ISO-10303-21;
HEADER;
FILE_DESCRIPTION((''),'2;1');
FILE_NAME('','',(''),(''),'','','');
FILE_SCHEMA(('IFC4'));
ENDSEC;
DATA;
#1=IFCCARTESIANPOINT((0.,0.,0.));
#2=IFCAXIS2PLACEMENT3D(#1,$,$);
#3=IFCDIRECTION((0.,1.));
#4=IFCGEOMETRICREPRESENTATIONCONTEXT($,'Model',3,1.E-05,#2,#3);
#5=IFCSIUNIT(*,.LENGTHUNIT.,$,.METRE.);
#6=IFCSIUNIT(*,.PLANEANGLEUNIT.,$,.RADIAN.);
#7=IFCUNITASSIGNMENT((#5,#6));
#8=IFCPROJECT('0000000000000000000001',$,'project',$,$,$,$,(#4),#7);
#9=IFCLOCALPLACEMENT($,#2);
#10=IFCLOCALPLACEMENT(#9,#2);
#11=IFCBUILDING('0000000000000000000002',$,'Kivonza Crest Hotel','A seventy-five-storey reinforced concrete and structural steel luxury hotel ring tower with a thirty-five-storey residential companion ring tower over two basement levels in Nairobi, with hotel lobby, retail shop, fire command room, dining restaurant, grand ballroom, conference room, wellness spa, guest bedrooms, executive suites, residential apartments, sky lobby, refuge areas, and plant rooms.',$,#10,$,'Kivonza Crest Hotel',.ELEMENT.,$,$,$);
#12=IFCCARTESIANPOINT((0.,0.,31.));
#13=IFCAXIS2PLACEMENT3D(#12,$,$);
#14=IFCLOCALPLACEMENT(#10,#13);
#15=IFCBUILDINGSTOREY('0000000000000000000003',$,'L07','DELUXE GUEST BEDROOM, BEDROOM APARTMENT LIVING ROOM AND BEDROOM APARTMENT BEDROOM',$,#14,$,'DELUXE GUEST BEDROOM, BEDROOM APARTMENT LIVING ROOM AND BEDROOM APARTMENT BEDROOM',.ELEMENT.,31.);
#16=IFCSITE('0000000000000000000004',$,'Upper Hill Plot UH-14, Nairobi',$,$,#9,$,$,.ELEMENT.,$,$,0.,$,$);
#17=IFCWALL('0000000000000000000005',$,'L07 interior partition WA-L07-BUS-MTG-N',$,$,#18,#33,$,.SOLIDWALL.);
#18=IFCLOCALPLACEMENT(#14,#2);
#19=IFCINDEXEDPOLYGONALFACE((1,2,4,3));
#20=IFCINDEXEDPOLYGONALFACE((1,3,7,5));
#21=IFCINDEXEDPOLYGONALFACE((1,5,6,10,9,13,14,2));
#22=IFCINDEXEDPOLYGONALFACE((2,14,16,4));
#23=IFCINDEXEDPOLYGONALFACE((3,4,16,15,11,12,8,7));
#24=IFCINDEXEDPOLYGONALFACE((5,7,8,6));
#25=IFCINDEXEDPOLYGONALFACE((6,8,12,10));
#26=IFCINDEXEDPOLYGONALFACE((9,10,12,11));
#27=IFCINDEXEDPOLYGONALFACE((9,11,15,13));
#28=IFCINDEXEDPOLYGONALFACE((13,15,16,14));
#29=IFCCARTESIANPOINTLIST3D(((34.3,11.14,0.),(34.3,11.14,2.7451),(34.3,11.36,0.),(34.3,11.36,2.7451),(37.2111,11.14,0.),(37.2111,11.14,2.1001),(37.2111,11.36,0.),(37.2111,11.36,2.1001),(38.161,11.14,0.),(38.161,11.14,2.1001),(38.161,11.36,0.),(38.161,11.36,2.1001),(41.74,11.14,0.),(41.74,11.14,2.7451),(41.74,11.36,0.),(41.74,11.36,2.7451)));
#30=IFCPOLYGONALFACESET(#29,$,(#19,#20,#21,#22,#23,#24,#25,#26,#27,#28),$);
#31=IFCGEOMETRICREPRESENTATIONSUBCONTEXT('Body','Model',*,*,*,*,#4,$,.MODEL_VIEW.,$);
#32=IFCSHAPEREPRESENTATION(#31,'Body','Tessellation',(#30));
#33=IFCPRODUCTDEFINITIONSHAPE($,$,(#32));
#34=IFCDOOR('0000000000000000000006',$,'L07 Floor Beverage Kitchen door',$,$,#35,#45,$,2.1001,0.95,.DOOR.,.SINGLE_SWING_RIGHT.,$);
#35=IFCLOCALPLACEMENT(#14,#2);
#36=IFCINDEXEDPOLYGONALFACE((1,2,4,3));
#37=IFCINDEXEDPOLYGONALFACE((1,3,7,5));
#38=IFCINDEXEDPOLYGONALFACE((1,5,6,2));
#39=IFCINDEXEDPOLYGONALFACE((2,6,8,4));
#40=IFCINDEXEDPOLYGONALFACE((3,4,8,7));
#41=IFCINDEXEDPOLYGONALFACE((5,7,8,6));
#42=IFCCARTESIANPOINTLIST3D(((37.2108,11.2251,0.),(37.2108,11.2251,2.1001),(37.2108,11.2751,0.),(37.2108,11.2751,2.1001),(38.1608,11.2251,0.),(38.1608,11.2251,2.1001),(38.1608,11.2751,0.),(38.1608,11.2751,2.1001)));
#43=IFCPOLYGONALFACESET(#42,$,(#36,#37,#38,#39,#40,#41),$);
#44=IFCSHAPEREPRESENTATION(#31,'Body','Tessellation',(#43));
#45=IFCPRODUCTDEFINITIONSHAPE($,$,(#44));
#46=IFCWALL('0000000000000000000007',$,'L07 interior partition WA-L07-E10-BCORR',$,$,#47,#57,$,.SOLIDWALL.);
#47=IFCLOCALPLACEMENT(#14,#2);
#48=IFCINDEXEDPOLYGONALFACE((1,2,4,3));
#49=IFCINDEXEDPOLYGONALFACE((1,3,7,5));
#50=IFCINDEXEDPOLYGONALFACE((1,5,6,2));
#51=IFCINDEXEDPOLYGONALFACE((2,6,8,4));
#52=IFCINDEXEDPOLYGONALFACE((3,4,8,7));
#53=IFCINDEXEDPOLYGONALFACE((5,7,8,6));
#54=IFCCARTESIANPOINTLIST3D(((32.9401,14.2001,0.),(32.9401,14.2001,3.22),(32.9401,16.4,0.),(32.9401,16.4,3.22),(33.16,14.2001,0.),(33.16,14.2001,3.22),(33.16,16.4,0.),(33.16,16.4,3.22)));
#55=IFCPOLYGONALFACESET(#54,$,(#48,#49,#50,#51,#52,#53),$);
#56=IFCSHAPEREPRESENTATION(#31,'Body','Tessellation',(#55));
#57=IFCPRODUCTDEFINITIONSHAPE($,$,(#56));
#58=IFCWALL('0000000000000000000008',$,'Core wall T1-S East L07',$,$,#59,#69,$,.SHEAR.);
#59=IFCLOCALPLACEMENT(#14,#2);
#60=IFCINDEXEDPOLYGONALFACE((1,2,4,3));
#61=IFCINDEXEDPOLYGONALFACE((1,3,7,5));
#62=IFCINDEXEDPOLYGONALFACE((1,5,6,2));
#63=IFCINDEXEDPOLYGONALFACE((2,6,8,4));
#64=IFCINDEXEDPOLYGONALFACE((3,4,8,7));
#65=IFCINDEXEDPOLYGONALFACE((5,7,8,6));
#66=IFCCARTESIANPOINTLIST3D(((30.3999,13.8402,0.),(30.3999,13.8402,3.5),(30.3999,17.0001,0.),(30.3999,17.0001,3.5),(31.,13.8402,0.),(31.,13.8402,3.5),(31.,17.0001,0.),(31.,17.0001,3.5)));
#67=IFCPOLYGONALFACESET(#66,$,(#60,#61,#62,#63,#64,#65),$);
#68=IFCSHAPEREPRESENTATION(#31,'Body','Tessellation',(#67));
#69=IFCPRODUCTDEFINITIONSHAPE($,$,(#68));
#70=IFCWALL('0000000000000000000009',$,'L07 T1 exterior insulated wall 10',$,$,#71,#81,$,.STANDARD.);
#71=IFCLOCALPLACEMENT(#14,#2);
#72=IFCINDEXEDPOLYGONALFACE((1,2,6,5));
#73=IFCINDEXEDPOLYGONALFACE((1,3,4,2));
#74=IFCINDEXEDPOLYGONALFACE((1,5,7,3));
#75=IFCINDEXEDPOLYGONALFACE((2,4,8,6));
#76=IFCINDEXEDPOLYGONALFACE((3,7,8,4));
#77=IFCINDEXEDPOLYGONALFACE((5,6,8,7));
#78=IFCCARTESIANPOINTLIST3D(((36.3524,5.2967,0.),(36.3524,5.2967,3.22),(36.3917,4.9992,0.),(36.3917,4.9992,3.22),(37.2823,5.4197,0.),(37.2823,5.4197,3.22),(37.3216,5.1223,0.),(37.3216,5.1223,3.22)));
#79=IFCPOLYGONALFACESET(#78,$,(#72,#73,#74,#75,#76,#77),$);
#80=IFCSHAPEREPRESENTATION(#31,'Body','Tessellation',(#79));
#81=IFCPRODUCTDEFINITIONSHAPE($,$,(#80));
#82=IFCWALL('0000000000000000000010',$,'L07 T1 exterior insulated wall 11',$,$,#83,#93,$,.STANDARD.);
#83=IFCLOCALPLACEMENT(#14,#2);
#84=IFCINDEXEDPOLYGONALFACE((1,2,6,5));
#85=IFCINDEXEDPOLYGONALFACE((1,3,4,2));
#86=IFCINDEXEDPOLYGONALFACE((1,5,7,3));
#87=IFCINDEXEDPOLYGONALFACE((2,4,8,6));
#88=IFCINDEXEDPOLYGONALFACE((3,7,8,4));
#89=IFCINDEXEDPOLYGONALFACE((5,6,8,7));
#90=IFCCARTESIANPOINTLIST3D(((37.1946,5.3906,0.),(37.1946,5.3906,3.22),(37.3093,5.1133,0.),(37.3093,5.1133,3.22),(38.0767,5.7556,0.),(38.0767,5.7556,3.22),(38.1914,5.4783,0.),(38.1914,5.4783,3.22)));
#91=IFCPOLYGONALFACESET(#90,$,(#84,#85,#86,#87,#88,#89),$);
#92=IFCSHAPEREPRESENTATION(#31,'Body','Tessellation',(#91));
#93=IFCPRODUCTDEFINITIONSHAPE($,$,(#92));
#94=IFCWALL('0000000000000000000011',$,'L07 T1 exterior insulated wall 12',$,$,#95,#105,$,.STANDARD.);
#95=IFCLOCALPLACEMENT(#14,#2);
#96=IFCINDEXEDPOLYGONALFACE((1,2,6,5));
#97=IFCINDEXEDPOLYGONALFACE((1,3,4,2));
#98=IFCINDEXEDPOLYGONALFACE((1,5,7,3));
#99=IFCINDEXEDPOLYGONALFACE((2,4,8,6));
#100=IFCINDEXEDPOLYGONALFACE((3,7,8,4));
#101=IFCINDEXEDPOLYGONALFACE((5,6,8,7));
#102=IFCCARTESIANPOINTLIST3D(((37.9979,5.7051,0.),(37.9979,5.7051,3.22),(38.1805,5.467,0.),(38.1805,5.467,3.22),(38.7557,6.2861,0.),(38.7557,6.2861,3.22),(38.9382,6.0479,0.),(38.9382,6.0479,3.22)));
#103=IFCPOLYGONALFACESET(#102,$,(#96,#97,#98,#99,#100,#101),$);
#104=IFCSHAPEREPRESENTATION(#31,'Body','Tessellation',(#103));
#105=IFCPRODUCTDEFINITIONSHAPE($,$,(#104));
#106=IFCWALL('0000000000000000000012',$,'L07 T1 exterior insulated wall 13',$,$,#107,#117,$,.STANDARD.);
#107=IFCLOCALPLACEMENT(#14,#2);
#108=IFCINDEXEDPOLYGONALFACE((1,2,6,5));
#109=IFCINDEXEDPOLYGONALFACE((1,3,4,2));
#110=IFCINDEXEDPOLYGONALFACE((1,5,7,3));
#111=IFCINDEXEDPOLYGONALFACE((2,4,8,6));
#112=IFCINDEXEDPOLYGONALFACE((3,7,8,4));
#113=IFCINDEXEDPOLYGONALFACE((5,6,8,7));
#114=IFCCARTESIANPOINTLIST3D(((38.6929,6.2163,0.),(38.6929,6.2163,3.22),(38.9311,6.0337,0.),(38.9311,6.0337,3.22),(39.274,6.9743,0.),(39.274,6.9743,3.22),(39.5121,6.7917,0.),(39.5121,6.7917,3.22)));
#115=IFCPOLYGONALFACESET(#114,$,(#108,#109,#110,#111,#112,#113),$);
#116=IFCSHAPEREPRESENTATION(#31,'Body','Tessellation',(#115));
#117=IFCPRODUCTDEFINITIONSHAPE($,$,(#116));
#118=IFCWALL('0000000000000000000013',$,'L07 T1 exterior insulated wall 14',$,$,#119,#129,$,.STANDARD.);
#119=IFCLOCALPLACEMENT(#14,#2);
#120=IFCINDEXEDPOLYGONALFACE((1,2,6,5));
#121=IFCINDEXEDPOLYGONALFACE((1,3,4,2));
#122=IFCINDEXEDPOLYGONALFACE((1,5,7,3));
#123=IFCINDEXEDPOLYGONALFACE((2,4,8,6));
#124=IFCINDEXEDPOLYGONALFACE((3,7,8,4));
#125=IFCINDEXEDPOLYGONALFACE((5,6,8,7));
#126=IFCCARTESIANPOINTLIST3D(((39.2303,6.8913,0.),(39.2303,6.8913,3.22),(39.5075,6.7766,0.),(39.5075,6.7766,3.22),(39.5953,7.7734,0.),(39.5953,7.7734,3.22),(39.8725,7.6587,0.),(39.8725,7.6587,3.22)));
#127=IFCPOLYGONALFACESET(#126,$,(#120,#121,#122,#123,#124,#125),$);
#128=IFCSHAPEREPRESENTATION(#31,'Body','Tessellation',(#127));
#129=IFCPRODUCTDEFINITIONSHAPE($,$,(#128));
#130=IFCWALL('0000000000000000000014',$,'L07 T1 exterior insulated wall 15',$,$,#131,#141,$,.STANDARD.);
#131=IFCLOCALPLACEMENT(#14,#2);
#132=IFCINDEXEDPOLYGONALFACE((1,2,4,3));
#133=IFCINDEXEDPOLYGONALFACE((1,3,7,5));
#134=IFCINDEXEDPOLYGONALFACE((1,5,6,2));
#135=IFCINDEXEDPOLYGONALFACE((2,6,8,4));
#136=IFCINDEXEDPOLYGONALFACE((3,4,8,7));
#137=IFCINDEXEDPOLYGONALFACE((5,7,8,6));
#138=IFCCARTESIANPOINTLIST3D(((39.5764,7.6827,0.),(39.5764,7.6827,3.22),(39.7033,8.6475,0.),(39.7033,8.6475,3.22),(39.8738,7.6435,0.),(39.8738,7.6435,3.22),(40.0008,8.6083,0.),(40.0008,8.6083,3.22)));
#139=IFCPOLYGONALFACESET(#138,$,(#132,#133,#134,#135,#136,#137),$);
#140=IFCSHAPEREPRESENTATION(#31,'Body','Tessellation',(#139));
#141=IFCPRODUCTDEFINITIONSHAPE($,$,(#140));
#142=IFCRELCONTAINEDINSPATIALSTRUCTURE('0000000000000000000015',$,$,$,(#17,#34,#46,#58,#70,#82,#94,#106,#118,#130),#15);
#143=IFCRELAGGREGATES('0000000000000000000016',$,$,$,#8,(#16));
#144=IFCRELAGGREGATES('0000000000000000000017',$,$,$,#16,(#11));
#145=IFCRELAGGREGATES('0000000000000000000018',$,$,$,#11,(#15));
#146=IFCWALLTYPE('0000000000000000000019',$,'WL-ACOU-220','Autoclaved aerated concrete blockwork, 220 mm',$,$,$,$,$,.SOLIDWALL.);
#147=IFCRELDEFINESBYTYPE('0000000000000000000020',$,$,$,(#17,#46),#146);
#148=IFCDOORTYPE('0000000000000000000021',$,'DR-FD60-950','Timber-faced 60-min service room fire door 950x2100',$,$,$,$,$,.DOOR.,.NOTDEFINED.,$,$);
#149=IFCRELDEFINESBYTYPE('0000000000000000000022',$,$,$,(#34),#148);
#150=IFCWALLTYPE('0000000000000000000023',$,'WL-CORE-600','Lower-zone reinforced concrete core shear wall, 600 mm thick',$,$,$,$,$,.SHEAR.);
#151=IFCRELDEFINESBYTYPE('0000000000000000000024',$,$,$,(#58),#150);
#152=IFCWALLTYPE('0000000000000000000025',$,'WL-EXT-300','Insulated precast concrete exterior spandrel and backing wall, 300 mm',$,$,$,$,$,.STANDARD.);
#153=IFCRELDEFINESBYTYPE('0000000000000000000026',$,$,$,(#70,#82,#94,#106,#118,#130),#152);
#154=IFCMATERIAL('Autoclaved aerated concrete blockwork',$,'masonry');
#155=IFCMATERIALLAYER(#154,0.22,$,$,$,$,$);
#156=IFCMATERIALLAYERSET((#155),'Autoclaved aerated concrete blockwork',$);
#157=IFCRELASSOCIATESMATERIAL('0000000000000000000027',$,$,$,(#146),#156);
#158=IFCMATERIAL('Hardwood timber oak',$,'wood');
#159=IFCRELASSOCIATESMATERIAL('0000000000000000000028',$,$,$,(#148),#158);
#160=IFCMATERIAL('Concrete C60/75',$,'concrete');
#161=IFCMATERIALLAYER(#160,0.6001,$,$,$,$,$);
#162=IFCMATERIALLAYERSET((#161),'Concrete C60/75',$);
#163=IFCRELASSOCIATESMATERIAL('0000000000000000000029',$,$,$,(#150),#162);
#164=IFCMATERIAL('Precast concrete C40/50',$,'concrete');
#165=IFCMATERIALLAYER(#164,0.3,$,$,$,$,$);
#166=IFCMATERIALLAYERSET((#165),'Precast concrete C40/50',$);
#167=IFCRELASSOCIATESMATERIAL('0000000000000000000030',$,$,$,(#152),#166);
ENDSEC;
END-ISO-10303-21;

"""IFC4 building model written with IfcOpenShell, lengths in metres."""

from ifc_helpers import new_model, si_unit, direction, frame, frame_2d, origin, place, context, subcontext, project, spatial, rectangle, extrude, material, layer, layer_set, type_object, element, fill, save


model = new_model("IFC4")

# Units and contexts
model_context = context("Model", 3, precision=1e-05, world=origin(), true_north=direction((0.0, 1.0)))
body_context = subcontext(model_context, "Body", "Model", "MODEL_VIEW")
ifc_project = project(units=[si_unit("LENGTHUNIT", "METRE"), si_unit("PLANEANGLEUNIT", "RADIAN")], contexts=[model_context])

# Site, building, storey
site_placement = place(None, origin())
site = spatial("IfcSite", under=ifc_project, at=site_placement, Name="Upper Hill Plot UH-14, Nairobi", CompositionType="ELEMENT", RefElevation=0.0)
building_placement = place(site_placement, origin())
building = spatial("IfcBuilding", under=site, at=building_placement, Name="Kivonza Crest Hotel", Description="A seventy-five-storey reinforced concrete and structural steel luxury hotel ring tower with a thirty-five-storey residential companion ring tower over two basement levels in Nairobi, with hotel lobby, retail shop, fire command room, dining restaurant, grand ballroom, conference room, wellness spa, guest bedrooms, executive suites, residential apartments, sky lobby, refuge areas, and plant rooms.", LongName="Kivonza Crest Hotel", CompositionType="ELEMENT")
storey_placement = place(building_placement, frame((0.0, 0.0, 31.0)))
storey = spatial("IfcBuildingStorey", under=building, at=storey_placement, Name="L07", Description="DELUXE GUEST BEDROOM, BEDROOM APARTMENT LIVING ROOM AND BEDROOM APARTMENT BEDROOM", LongName="DELUXE GUEST BEDROOM, BEDROOM APARTMENT LIVING ROOM AND BEDROOM APARTMENT BEDROOM", CompositionType="ELEMENT", Elevation=31.0)

# Shared definitions
ifc_material_1 = material(Name="Concrete C60/75", Category="concrete")

# Wall, opening, door
ifc_material_2 = material(Name="Autoclaved aerated concrete blockwork", Category="masonry")
ifc_layer_1 = layer(ifc_material_2, 0.22)
ifc_layer_set_1 = layer_set([ifc_layer_1], Name="Autoclaved aerated concrete blockwork")
wall_type_1 = type_object("IfcWallType", Name="WL-ACOU-220", Description="Autoclaved aerated concrete blockwork, 220 mm", PredefinedType="SOLIDWALL", material=ifc_layer_set_1)
ifc_material_3 = material(Name="Hardwood timber oak", Category="wood")
wall_1_placement = place(storey_placement, frame((34.3, 11.25, 0.0), z_axis=(0.0, 0.0, 1.0), x_axis=(1.0, 0.0, 0.0)))
wall_1 = element("IfcWall", 1, at=wall_1_placement, inside=storey, type_object=wall_type_1, Name="L07 interior partition WA-L07-BUS-MTG-N", PredefinedType="SOLIDWALL", context=body_context, shape_type="SweptSolid", body=[
    extrude(rectangle(XDim=7.4399, YDim=0.22, at=frame_2d((3.72, 0.0))), origin(), (0.0, 0.0, 1.0), 2.7451),
])
opening_1_placement = place(wall_1_placement, frame((2.9109, 0.0, 0.0)))
opening_1 = element("IfcOpeningElement", 2, at=opening_1_placement, cuts=wall_1, PredefinedType="OPENING", context=body_context, shape_type="SweptSolid", body=[
    extrude(rectangle(XDim=0.95, YDim=2.1001, at=frame_2d((0.4751, 1.05))), frame((0.0, 0.1201, 0.0), z_axis=(0.0, -1.0, 0.0), x_axis=(1.0, 0.0, 0.0)), (0.0, 0.0, 1.0), 0.24),
])
door_type_1 = type_object("IfcDoorType", Name="DR-FD60-950", Description="Timber-faced 60-min service room fire door 950x2100", OperationType="NOTDEFINED", PredefinedType="DOOR", material=ifc_material_3)
door_1_placement = place(opening_1_placement, frame((0.95, 0.0, 0.0), z_axis=(0.0, 0.0, 1.0), x_axis=(-1.0, 0.0, 0.0)))
door_1 = element("IfcDoor", 3, at=door_1_placement, inside=storey, type_object=door_type_1, Name="L07 Floor Beverage Kitchen door", OperationType="SINGLE_SWING_RIGHT", OverallHeight=2.1001, OverallWidth=0.95, PredefinedType="DOOR", context=body_context, shape_type="SweptSolid", body=[
    extrude(rectangle(XDim=0.95, YDim=2.1001, at=frame_2d((0.4751, 1.05))), frame((0.0, 0.0249, 0.0), z_axis=(0.0, -1.0, 0.0), x_axis=(1.0, 0.0, 0.0)), (0.0, 0.0, 1.0), 0.05),
])
fill(opening_1, door_1)

# Walls
wall_2_placement = place(storey_placement, frame((33.05, 14.2, 0.0), z_axis=(0.0, 0.0, 1.0), x_axis=(0.0, 1.0, 0.0)))
element("IfcWall", 4, at=wall_2_placement, inside=storey, type_object=wall_type_1, Name="L07 interior partition WA-L07-E10-BCORR", PredefinedType="SOLIDWALL", context=body_context, shape_type="SweptSolid", body=[
    extrude(rectangle(XDim=2.2, YDim=0.22, at=frame_2d((1.1001, 0.0))), origin(), (0.0, 0.0, 1.0), 3.22),
])
ifc_layer_2 = layer(ifc_material_1, 0.6001)
ifc_layer_set_2 = layer_set([ifc_layer_2], Name="Concrete C60/75")
wall_type_2 = type_object("IfcWallType", Name="WL-CORE-600", Description="Lower-zone reinforced concrete core shear wall, 600 mm thick", PredefinedType="SHEAR", material=ifc_layer_set_2)
wall_3_placement = place(storey_placement, frame((30.7, 13.8401, 0.0), z_axis=(0.0, 0.0, 1.0), x_axis=(0.0, 1.0, 0.0)))
element("IfcWall", 5, at=wall_3_placement, inside=storey, type_object=wall_type_2, Name="Core wall T1-S East L07", PredefinedType="SHEAR", context=body_context, shape_type="SweptSolid", body=[
    extrude(rectangle(XDim=3.1599, YDim=0.6001, at=frame_2d((1.5801, 0.0))), origin(), (0.0, 0.0, 1.0), 3.5),
])
ifc_material_4 = material(Name="Precast concrete C40/50", Category="concrete")
ifc_layer_3 = layer(ifc_material_4, 0.3)
ifc_layer_set_3 = layer_set([ifc_layer_3], Name="Precast concrete C40/50")
wall_type_3 = type_object("IfcWallType", Name="WL-EXT-300", Description="Insulated precast concrete exterior spandrel and backing wall, 300 mm", PredefinedType="STANDARD", material=ifc_layer_set_3)
wall_4_placement = place(storey_placement, frame((36.3721, 5.1479, 0.0), z_axis=(0.0, 0.0, 1.0), x_axis=(0.991359, 0.131175, 0.0)))
element("IfcWall", 6, at=wall_4_placement, inside=storey, type_object=wall_type_3, Name="L07 T1 exterior insulated wall 10", PredefinedType="STANDARD", context=body_context, shape_type="SweptSolid", body=[
    extrude(rectangle(XDim=0.938, YDim=0.3, at=frame_2d((0.469, 0.0))), origin(), (0.0, 0.0, 1.0), 3.22),
])
wall_5_placement = place(storey_placement, frame((37.252, 5.252, 0.0), z_axis=(0.0, 0.0, 1.0), x_axis=(0.92402, 0.382344, 0.0)))
element("IfcWall", 7, at=wall_5_placement, inside=storey, type_object=wall_type_3, Name="L07 T1 exterior insulated wall 11", PredefinedType="STANDARD", context=body_context, shape_type="SweptSolid", body=[
    extrude(rectangle(XDim=0.9546, YDim=0.3, at=frame_2d((0.4773, 0.0))), origin(), (0.0, 0.0, 1.0), 3.22),
])
wall_6_placement = place(storey_placement, frame((38.0891, 5.5859, 0.0), z_axis=(0.0, 0.0, 1.0), x_axis=(0.793573, 0.608474, 0.0)))
element("IfcWall", 8, at=wall_6_placement, inside=storey, type_object=wall_type_3, Name="L07 T1 exterior insulated wall 12", PredefinedType="STANDARD", context=body_context, shape_type="SweptSolid", body=[
    extrude(rectangle(XDim=0.9548, YDim=0.3, at=frame_2d((0.4775, 0.0))), origin(), (0.0, 0.0, 1.0), 3.22),
])
wall_7_placement = place(storey_placement, frame((38.812, 6.125, 0.0), z_axis=(0.0, 0.0, 1.0), x_axis=(0.608351, 0.793668, 0.0)))
element("IfcWall", 9, at=wall_7_placement, inside=storey, type_object=wall_type_3, Name="L07 T1 exterior insulated wall 13", PredefinedType="STANDARD", context=body_context, shape_type="SweptSolid", body=[
    extrude(rectangle(XDim=0.9551, YDim=0.3, at=frame_2d((0.4775, 0.0))), origin(), (0.0, 0.0, 1.0), 3.22),
])
wall_8_placement = place(storey_placement, frame((39.3689, 6.834, 0.0), z_axis=(0.0, 0.0, 1.0), x_axis=(0.382344, 0.92402, 0.0)))
element("IfcWall", 10, at=wall_8_placement, inside=storey, type_object=wall_type_3, Name="L07 T1 exterior insulated wall 14", PredefinedType="STANDARD", context=body_context, shape_type="SweptSolid", body=[
    extrude(rectangle(XDim=0.9546, YDim=0.3, at=frame_2d((0.4773, 0.0))), origin(), (0.0, 0.0, 1.0), 3.22),
])
wall_9_placement = place(storey_placement, frame((39.7251, 7.6631, 0.0), z_axis=(0.0, 0.0, 1.0), x_axis=(0.130455, 0.991454, 0.0)))
element("IfcWall", 11, at=wall_9_placement, inside=storey, type_object=wall_type_3, Name="L07 T1 exterior insulated wall 15", PredefinedType="STANDARD", context=body_context, shape_type="SweptSolid", body=[
    extrude(rectangle(XDim=0.9731, YDim=0.3, at=frame_2d((0.4866, 0.0))), origin(), (0.0, 0.0, 1.0), 3.22),
])

save(model, "model.ifc")
